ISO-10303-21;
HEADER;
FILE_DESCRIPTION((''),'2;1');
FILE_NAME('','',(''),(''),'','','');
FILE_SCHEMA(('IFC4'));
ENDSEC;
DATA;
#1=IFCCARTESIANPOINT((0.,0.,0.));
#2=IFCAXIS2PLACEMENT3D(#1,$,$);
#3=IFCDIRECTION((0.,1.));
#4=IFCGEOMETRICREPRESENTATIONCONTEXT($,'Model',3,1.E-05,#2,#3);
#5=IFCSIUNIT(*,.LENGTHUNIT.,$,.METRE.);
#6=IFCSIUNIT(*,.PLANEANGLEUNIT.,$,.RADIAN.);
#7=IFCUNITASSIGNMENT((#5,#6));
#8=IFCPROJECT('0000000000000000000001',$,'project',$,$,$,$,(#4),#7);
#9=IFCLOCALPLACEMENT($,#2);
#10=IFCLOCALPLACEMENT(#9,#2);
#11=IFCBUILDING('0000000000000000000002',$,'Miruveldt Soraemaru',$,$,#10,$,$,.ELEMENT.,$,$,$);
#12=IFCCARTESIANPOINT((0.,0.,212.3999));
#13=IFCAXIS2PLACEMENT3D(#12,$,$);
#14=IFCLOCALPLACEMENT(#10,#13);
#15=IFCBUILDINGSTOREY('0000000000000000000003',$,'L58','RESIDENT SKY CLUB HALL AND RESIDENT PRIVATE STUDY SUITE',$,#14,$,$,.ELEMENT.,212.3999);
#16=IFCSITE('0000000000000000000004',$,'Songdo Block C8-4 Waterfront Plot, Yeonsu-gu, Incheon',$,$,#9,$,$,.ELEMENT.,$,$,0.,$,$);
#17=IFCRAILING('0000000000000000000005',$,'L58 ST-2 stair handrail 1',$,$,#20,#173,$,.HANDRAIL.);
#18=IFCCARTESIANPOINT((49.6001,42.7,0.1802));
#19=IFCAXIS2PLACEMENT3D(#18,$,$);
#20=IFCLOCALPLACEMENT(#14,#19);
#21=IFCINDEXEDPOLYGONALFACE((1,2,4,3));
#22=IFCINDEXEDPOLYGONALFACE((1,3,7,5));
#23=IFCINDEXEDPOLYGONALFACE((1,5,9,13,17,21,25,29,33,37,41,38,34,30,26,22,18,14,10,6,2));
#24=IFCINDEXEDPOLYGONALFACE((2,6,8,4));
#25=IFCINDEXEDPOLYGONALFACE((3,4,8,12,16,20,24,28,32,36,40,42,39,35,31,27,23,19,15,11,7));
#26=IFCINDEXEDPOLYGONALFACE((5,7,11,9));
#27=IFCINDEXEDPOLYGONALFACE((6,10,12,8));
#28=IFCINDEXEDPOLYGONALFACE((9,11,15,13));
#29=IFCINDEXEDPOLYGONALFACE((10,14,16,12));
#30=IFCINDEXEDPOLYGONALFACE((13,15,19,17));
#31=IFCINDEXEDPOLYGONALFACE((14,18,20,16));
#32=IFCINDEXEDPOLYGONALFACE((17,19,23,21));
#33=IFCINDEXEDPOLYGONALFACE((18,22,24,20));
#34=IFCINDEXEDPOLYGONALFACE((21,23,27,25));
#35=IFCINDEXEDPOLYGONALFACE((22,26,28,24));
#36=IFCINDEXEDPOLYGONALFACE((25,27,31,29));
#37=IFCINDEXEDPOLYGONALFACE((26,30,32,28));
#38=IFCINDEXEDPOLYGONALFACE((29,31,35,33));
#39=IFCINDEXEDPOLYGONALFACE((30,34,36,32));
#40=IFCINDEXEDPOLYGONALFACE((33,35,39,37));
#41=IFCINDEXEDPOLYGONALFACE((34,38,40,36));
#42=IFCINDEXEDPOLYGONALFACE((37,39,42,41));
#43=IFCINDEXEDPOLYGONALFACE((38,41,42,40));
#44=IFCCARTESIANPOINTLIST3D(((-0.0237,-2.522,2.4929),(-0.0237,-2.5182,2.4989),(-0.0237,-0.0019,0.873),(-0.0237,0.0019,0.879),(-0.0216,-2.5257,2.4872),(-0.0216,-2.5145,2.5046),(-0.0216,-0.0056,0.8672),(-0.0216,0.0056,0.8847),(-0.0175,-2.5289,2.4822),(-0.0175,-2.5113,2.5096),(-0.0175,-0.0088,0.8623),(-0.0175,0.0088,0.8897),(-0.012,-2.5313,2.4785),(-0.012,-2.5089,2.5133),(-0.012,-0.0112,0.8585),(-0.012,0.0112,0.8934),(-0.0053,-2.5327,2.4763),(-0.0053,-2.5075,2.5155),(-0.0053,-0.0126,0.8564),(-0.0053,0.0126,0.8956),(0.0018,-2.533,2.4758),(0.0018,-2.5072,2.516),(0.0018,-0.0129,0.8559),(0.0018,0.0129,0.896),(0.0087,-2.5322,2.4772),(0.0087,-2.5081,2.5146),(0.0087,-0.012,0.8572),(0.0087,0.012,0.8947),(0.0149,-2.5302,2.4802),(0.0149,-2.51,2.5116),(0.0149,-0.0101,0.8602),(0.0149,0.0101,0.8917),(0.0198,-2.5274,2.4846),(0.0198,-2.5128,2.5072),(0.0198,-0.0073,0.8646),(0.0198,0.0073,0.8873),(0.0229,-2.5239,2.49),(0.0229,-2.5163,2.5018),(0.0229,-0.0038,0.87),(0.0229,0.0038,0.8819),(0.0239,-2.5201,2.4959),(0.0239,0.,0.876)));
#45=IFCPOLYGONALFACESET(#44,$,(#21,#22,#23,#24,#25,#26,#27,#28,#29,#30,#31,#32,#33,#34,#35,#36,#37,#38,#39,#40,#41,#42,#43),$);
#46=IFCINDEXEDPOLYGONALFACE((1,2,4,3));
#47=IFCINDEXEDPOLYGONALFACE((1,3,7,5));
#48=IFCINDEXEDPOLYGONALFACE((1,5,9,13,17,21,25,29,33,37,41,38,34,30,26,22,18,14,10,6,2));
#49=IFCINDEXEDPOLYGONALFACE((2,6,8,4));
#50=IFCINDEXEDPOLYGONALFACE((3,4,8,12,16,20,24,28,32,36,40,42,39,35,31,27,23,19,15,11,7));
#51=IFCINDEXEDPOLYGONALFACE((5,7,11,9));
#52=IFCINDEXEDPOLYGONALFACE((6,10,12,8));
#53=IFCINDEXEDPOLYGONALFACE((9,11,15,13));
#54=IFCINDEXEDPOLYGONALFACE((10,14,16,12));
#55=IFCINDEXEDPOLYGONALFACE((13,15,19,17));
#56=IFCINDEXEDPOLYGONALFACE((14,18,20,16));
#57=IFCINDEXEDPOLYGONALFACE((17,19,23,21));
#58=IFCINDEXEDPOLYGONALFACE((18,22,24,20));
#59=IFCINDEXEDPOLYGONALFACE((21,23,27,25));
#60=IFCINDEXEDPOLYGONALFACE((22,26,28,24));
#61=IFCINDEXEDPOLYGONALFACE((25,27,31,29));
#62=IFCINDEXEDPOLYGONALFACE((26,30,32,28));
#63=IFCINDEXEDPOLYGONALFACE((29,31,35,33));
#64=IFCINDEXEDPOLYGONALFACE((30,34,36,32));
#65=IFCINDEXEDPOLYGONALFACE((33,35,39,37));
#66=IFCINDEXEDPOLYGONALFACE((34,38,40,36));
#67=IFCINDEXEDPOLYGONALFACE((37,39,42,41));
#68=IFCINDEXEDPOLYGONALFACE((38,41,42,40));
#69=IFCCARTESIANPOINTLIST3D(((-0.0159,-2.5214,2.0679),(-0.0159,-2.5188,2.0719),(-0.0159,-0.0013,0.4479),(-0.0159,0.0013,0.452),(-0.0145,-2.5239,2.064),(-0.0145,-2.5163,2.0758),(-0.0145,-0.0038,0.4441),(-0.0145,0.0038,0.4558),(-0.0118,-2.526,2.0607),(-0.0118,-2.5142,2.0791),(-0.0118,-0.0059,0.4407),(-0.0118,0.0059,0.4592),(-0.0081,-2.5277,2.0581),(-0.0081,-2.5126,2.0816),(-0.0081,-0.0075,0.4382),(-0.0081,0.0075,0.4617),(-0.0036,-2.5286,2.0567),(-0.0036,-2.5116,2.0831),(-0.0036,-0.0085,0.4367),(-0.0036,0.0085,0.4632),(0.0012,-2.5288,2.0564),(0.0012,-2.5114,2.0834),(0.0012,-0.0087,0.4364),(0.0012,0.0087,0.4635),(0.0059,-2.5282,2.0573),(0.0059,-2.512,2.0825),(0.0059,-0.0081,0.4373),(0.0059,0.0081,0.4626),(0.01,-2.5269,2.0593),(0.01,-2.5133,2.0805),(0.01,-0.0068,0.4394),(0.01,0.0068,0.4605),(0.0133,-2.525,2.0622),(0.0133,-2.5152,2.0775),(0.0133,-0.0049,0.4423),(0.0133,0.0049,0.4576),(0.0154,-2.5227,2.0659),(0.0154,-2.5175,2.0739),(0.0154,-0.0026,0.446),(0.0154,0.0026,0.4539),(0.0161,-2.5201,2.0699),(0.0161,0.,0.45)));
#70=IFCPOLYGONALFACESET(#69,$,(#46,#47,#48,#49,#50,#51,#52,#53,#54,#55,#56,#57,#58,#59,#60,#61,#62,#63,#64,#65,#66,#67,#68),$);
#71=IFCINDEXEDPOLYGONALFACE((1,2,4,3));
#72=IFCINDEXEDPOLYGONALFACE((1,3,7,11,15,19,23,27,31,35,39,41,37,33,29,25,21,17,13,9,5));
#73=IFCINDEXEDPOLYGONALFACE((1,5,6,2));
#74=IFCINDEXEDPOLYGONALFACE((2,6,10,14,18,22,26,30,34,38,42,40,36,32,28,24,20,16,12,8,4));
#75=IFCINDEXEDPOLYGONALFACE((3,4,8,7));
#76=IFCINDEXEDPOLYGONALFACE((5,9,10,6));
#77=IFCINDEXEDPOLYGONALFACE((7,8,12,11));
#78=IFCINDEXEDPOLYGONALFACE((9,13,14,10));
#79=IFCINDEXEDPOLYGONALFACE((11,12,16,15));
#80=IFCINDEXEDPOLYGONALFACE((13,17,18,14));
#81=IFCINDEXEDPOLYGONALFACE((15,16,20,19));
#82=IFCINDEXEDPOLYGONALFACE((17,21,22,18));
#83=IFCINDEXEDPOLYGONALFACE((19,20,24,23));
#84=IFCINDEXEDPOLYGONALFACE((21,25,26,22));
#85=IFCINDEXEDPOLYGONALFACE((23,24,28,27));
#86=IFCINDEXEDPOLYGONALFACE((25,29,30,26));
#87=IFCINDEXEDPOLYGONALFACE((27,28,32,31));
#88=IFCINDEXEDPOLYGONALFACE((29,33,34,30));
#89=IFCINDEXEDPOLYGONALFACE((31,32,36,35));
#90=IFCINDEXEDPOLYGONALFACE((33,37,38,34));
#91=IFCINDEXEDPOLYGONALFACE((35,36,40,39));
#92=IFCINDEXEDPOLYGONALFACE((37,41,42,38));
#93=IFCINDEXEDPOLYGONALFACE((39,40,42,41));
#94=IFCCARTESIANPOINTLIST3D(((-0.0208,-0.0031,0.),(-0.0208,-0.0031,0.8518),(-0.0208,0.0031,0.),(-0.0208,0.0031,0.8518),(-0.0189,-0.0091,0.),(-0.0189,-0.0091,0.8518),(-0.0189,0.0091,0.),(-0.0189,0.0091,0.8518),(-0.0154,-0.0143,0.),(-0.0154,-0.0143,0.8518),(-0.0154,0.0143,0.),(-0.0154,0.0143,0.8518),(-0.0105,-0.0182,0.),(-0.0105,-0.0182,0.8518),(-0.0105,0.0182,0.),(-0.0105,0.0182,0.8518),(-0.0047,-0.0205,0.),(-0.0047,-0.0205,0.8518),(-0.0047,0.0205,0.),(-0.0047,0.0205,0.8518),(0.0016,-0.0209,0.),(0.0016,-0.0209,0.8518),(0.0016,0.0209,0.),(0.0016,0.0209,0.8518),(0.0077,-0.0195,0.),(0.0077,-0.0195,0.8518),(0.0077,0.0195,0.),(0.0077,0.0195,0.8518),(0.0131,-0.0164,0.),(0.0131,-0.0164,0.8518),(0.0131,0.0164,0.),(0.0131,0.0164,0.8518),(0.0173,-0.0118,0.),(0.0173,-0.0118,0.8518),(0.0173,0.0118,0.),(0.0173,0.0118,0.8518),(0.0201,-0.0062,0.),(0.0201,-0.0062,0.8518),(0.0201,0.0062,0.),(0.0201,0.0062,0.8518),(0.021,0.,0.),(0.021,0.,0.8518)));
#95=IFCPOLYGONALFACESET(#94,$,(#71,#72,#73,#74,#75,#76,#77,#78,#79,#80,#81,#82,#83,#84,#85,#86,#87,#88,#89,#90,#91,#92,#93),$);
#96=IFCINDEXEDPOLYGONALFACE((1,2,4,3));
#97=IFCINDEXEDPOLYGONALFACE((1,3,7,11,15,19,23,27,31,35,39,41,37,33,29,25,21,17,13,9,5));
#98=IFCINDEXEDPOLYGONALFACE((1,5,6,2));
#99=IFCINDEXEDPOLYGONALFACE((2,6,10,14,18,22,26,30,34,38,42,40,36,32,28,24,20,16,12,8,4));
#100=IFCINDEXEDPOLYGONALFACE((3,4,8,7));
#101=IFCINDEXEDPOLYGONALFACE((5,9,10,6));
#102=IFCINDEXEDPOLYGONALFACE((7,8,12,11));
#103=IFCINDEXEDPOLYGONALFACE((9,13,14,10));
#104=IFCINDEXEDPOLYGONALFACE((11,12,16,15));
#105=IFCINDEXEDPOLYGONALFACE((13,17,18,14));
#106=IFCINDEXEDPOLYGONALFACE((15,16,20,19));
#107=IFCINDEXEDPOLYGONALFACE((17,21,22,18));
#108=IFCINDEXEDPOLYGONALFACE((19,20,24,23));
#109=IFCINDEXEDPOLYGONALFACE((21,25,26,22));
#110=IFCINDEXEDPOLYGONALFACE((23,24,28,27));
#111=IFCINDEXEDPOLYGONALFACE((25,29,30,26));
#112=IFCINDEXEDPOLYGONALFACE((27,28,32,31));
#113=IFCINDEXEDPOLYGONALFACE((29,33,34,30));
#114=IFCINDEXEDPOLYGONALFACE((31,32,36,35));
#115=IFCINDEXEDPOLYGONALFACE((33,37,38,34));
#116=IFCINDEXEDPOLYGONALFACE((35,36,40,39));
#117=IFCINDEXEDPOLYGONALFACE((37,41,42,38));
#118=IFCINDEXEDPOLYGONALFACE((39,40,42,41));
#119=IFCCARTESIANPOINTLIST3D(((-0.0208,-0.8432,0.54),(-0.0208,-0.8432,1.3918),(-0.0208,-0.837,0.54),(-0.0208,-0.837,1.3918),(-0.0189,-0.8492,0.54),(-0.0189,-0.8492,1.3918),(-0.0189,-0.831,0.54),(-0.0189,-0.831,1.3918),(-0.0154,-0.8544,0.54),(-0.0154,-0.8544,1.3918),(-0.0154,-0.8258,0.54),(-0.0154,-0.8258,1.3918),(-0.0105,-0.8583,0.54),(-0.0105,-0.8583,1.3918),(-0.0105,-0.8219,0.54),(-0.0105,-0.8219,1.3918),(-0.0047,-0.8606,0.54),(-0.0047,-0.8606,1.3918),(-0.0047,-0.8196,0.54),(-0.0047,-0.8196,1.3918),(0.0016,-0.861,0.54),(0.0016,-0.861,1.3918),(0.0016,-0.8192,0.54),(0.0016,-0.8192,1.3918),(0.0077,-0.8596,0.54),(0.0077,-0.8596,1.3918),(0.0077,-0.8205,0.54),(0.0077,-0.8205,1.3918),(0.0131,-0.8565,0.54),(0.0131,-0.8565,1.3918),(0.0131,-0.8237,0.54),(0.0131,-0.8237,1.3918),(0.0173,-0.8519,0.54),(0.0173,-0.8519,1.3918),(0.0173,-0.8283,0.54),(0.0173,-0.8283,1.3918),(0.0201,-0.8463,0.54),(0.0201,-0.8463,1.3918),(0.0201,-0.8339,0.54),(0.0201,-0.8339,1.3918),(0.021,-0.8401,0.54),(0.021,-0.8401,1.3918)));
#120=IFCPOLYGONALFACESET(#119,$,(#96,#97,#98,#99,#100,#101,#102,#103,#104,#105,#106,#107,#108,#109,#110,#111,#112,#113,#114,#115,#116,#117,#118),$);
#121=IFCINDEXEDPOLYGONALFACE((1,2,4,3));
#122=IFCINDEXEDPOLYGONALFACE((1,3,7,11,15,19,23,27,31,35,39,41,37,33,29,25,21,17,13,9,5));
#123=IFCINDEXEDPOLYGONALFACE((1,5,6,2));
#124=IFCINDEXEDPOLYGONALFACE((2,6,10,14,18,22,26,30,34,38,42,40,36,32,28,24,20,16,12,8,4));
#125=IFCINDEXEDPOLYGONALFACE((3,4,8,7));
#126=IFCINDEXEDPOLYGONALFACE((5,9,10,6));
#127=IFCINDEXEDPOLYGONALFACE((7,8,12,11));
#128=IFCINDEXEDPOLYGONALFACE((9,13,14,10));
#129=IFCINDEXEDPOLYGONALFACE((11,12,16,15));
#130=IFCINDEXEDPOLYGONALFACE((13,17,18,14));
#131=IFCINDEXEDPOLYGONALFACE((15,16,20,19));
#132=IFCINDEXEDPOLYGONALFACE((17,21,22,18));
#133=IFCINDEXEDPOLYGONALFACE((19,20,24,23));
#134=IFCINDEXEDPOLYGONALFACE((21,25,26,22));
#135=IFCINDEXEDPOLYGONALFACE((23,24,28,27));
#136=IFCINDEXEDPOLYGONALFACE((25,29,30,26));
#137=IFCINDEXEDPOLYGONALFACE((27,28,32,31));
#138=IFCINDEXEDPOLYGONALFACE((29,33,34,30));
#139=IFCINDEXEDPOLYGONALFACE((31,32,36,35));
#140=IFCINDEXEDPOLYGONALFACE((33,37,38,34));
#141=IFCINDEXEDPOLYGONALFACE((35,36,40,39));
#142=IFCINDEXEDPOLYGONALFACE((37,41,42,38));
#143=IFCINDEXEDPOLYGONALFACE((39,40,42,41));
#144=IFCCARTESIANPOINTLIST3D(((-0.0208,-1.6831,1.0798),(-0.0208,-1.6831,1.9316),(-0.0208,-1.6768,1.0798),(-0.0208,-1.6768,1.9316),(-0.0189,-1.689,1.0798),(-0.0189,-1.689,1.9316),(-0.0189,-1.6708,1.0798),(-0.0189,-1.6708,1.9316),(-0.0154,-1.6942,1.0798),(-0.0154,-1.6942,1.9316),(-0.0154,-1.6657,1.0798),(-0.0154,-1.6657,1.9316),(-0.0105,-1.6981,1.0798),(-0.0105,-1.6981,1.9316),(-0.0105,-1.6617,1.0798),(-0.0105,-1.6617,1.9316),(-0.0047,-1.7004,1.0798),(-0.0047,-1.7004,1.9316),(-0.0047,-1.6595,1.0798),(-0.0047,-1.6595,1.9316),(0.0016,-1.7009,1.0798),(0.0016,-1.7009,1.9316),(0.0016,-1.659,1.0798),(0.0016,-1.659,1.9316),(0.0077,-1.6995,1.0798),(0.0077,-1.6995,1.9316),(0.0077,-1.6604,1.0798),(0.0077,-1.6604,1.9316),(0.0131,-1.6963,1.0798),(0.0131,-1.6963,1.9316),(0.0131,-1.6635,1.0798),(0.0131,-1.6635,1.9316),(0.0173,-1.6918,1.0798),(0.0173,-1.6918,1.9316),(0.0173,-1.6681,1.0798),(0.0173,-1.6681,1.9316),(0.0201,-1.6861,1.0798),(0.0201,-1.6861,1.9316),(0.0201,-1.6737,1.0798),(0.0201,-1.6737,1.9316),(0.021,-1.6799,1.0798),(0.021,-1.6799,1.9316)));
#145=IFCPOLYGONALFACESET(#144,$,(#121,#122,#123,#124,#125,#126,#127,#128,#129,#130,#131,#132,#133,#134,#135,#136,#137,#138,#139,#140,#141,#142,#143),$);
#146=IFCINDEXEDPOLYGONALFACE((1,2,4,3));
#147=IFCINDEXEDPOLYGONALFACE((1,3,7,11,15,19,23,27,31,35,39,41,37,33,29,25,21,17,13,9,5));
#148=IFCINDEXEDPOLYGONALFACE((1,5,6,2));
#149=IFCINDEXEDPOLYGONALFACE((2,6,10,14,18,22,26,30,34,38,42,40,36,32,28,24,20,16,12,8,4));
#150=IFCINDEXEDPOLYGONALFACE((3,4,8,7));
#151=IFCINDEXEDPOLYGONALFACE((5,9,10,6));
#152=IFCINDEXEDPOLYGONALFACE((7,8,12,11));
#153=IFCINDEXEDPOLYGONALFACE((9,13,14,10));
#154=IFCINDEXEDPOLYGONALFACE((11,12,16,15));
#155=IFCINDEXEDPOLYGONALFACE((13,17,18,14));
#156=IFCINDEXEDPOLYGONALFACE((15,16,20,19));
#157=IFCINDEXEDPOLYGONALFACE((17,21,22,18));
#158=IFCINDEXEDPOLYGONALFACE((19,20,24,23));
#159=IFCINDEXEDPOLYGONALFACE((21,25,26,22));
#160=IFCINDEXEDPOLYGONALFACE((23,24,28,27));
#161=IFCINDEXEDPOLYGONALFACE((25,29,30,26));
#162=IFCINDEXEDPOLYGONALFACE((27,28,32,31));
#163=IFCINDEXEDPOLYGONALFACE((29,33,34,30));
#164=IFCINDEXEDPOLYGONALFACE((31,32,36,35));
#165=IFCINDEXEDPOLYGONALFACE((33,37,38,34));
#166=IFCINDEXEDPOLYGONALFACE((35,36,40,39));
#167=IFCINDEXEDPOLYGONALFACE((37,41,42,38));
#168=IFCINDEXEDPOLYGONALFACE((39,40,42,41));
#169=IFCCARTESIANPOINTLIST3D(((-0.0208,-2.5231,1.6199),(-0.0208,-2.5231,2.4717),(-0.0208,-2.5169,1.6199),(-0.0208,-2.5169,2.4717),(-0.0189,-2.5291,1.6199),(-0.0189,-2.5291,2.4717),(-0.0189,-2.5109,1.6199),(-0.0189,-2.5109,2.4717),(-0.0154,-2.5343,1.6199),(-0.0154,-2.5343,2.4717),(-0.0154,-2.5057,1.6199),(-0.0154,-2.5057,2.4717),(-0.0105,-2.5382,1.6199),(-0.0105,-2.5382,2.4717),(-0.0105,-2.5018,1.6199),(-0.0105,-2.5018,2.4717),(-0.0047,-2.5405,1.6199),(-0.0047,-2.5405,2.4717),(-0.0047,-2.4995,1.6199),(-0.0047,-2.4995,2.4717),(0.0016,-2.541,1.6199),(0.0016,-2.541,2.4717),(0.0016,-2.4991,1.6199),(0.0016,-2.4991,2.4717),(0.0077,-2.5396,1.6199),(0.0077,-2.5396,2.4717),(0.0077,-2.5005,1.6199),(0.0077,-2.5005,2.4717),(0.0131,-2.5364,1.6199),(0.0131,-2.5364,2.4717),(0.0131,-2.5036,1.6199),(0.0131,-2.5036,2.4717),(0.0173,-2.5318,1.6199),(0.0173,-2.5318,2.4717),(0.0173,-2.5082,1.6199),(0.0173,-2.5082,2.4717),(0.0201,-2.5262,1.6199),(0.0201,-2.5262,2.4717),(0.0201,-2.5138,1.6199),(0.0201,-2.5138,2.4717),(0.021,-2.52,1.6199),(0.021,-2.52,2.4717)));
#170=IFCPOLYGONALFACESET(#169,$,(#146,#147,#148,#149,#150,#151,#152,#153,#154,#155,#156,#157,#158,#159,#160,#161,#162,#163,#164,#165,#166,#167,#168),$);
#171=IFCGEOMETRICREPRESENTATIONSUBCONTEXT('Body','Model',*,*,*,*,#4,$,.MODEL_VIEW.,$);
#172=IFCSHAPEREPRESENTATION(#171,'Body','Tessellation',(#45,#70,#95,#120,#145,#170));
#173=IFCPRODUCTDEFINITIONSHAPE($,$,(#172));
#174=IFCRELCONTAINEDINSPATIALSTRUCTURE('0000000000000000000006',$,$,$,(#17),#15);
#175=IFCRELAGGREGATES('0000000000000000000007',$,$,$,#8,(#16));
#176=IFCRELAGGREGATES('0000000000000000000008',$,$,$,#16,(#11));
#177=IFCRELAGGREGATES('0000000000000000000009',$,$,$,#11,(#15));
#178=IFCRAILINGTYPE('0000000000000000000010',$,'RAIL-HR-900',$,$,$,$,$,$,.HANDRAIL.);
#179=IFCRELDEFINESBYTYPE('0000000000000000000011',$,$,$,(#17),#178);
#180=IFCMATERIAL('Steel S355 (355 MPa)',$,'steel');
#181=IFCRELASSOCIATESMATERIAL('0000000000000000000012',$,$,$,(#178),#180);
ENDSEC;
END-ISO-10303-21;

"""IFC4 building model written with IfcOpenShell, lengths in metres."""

from ifc_helpers import new_model, si_unit, direction, frame, origin, origin_2d, place, context, subcontext, project, spatial, circle, extrude, material, type_object, element, save


model = new_model("IFC4")

# Units and contexts
model_context = context("Model", 3, precision=1e-05, world=origin(), true_north=direction((0.0, 1.0)))
body_context = subcontext(model_context, "Body", "Model", "MODEL_VIEW")
ifc_project = project(units=[si_unit("LENGTHUNIT", "METRE"), si_unit("PLANEANGLEUNIT", "RADIAN")], contexts=[model_context])

# Site, building, storey
site_placement = place(None, origin())
site = spatial("IfcSite", under=ifc_project, at=site_placement, Name="Songdo Block C8-4 Waterfront Plot, Yeonsu-gu, Incheon", CompositionType="ELEMENT", RefElevation=0.0)
building_placement = place(site_placement, origin())
building = spatial("IfcBuilding", under=site, at=building_placement, Name="Miruveldt Soraemaru", CompositionType="ELEMENT")
storey_placement = place(building_placement, frame((0.0, 0.0, 212.3999)))
storey = spatial("IfcBuildingStorey", under=building, at=storey_placement, Name="L58", Description="RESIDENT SKY CLUB HALL AND RESIDENT PRIVATE STUDY SUITE", CompositionType="ELEMENT", Elevation=212.3999)

# Railing
ifc_material_1 = material(Name="Steel S355 (355 MPa)", Category="steel")
railing_type_1 = type_object("IfcRailingType", Name="RAIL-HR-900", PredefinedType="HANDRAIL", material=ifc_material_1)
railing_1_placement = place(storey_placement, frame((49.6001, 42.7, 0.1802)))
element("IfcRailing", 1, at=railing_1_placement, inside=storey, type_object=railing_type_1, Name="L58 ST-2 stair handrail 1", PredefinedType="HANDRAIL", context=body_context, shape_type="SweptSolid", body=[
    extrude(circle(Radius=0.0239, at=origin_2d()), frame((0.0, 0.0, 0.876), z_axis=(0.0, -0.8412, 0.540725), x_axis=(1.0, 0.0, 0.0)), (0.0, 0.0, 1.0), 2.9958),
    extrude(circle(Radius=0.0161, at=origin_2d()), frame((0.0, 0.0, 0.45), z_axis=(0.0, -0.8412, 0.540725), x_axis=(1.0, 0.0, 0.0)), (0.0, 0.0, 1.0), 2.9958),
    extrude(circle(Radius=0.021, at=origin_2d()), origin(), (0.0, 0.0, 1.0), 0.8518),
    extrude(circle(Radius=0.021, at=origin_2d()), frame((0.0, -0.8401, 0.54)), (0.0, 0.0, 1.0), 0.8518),
    extrude(circle(Radius=0.021, at=origin_2d()), frame((0.0, -1.6799, 1.0798)), (0.0, 0.0, 1.0), 0.8518),
    extrude(circle(Radius=0.021, at=origin_2d()), frame((0.0, -2.52, 1.6199)), (0.0, 0.0, 1.0), 0.8518),
])

save(model, "model.ifc")
